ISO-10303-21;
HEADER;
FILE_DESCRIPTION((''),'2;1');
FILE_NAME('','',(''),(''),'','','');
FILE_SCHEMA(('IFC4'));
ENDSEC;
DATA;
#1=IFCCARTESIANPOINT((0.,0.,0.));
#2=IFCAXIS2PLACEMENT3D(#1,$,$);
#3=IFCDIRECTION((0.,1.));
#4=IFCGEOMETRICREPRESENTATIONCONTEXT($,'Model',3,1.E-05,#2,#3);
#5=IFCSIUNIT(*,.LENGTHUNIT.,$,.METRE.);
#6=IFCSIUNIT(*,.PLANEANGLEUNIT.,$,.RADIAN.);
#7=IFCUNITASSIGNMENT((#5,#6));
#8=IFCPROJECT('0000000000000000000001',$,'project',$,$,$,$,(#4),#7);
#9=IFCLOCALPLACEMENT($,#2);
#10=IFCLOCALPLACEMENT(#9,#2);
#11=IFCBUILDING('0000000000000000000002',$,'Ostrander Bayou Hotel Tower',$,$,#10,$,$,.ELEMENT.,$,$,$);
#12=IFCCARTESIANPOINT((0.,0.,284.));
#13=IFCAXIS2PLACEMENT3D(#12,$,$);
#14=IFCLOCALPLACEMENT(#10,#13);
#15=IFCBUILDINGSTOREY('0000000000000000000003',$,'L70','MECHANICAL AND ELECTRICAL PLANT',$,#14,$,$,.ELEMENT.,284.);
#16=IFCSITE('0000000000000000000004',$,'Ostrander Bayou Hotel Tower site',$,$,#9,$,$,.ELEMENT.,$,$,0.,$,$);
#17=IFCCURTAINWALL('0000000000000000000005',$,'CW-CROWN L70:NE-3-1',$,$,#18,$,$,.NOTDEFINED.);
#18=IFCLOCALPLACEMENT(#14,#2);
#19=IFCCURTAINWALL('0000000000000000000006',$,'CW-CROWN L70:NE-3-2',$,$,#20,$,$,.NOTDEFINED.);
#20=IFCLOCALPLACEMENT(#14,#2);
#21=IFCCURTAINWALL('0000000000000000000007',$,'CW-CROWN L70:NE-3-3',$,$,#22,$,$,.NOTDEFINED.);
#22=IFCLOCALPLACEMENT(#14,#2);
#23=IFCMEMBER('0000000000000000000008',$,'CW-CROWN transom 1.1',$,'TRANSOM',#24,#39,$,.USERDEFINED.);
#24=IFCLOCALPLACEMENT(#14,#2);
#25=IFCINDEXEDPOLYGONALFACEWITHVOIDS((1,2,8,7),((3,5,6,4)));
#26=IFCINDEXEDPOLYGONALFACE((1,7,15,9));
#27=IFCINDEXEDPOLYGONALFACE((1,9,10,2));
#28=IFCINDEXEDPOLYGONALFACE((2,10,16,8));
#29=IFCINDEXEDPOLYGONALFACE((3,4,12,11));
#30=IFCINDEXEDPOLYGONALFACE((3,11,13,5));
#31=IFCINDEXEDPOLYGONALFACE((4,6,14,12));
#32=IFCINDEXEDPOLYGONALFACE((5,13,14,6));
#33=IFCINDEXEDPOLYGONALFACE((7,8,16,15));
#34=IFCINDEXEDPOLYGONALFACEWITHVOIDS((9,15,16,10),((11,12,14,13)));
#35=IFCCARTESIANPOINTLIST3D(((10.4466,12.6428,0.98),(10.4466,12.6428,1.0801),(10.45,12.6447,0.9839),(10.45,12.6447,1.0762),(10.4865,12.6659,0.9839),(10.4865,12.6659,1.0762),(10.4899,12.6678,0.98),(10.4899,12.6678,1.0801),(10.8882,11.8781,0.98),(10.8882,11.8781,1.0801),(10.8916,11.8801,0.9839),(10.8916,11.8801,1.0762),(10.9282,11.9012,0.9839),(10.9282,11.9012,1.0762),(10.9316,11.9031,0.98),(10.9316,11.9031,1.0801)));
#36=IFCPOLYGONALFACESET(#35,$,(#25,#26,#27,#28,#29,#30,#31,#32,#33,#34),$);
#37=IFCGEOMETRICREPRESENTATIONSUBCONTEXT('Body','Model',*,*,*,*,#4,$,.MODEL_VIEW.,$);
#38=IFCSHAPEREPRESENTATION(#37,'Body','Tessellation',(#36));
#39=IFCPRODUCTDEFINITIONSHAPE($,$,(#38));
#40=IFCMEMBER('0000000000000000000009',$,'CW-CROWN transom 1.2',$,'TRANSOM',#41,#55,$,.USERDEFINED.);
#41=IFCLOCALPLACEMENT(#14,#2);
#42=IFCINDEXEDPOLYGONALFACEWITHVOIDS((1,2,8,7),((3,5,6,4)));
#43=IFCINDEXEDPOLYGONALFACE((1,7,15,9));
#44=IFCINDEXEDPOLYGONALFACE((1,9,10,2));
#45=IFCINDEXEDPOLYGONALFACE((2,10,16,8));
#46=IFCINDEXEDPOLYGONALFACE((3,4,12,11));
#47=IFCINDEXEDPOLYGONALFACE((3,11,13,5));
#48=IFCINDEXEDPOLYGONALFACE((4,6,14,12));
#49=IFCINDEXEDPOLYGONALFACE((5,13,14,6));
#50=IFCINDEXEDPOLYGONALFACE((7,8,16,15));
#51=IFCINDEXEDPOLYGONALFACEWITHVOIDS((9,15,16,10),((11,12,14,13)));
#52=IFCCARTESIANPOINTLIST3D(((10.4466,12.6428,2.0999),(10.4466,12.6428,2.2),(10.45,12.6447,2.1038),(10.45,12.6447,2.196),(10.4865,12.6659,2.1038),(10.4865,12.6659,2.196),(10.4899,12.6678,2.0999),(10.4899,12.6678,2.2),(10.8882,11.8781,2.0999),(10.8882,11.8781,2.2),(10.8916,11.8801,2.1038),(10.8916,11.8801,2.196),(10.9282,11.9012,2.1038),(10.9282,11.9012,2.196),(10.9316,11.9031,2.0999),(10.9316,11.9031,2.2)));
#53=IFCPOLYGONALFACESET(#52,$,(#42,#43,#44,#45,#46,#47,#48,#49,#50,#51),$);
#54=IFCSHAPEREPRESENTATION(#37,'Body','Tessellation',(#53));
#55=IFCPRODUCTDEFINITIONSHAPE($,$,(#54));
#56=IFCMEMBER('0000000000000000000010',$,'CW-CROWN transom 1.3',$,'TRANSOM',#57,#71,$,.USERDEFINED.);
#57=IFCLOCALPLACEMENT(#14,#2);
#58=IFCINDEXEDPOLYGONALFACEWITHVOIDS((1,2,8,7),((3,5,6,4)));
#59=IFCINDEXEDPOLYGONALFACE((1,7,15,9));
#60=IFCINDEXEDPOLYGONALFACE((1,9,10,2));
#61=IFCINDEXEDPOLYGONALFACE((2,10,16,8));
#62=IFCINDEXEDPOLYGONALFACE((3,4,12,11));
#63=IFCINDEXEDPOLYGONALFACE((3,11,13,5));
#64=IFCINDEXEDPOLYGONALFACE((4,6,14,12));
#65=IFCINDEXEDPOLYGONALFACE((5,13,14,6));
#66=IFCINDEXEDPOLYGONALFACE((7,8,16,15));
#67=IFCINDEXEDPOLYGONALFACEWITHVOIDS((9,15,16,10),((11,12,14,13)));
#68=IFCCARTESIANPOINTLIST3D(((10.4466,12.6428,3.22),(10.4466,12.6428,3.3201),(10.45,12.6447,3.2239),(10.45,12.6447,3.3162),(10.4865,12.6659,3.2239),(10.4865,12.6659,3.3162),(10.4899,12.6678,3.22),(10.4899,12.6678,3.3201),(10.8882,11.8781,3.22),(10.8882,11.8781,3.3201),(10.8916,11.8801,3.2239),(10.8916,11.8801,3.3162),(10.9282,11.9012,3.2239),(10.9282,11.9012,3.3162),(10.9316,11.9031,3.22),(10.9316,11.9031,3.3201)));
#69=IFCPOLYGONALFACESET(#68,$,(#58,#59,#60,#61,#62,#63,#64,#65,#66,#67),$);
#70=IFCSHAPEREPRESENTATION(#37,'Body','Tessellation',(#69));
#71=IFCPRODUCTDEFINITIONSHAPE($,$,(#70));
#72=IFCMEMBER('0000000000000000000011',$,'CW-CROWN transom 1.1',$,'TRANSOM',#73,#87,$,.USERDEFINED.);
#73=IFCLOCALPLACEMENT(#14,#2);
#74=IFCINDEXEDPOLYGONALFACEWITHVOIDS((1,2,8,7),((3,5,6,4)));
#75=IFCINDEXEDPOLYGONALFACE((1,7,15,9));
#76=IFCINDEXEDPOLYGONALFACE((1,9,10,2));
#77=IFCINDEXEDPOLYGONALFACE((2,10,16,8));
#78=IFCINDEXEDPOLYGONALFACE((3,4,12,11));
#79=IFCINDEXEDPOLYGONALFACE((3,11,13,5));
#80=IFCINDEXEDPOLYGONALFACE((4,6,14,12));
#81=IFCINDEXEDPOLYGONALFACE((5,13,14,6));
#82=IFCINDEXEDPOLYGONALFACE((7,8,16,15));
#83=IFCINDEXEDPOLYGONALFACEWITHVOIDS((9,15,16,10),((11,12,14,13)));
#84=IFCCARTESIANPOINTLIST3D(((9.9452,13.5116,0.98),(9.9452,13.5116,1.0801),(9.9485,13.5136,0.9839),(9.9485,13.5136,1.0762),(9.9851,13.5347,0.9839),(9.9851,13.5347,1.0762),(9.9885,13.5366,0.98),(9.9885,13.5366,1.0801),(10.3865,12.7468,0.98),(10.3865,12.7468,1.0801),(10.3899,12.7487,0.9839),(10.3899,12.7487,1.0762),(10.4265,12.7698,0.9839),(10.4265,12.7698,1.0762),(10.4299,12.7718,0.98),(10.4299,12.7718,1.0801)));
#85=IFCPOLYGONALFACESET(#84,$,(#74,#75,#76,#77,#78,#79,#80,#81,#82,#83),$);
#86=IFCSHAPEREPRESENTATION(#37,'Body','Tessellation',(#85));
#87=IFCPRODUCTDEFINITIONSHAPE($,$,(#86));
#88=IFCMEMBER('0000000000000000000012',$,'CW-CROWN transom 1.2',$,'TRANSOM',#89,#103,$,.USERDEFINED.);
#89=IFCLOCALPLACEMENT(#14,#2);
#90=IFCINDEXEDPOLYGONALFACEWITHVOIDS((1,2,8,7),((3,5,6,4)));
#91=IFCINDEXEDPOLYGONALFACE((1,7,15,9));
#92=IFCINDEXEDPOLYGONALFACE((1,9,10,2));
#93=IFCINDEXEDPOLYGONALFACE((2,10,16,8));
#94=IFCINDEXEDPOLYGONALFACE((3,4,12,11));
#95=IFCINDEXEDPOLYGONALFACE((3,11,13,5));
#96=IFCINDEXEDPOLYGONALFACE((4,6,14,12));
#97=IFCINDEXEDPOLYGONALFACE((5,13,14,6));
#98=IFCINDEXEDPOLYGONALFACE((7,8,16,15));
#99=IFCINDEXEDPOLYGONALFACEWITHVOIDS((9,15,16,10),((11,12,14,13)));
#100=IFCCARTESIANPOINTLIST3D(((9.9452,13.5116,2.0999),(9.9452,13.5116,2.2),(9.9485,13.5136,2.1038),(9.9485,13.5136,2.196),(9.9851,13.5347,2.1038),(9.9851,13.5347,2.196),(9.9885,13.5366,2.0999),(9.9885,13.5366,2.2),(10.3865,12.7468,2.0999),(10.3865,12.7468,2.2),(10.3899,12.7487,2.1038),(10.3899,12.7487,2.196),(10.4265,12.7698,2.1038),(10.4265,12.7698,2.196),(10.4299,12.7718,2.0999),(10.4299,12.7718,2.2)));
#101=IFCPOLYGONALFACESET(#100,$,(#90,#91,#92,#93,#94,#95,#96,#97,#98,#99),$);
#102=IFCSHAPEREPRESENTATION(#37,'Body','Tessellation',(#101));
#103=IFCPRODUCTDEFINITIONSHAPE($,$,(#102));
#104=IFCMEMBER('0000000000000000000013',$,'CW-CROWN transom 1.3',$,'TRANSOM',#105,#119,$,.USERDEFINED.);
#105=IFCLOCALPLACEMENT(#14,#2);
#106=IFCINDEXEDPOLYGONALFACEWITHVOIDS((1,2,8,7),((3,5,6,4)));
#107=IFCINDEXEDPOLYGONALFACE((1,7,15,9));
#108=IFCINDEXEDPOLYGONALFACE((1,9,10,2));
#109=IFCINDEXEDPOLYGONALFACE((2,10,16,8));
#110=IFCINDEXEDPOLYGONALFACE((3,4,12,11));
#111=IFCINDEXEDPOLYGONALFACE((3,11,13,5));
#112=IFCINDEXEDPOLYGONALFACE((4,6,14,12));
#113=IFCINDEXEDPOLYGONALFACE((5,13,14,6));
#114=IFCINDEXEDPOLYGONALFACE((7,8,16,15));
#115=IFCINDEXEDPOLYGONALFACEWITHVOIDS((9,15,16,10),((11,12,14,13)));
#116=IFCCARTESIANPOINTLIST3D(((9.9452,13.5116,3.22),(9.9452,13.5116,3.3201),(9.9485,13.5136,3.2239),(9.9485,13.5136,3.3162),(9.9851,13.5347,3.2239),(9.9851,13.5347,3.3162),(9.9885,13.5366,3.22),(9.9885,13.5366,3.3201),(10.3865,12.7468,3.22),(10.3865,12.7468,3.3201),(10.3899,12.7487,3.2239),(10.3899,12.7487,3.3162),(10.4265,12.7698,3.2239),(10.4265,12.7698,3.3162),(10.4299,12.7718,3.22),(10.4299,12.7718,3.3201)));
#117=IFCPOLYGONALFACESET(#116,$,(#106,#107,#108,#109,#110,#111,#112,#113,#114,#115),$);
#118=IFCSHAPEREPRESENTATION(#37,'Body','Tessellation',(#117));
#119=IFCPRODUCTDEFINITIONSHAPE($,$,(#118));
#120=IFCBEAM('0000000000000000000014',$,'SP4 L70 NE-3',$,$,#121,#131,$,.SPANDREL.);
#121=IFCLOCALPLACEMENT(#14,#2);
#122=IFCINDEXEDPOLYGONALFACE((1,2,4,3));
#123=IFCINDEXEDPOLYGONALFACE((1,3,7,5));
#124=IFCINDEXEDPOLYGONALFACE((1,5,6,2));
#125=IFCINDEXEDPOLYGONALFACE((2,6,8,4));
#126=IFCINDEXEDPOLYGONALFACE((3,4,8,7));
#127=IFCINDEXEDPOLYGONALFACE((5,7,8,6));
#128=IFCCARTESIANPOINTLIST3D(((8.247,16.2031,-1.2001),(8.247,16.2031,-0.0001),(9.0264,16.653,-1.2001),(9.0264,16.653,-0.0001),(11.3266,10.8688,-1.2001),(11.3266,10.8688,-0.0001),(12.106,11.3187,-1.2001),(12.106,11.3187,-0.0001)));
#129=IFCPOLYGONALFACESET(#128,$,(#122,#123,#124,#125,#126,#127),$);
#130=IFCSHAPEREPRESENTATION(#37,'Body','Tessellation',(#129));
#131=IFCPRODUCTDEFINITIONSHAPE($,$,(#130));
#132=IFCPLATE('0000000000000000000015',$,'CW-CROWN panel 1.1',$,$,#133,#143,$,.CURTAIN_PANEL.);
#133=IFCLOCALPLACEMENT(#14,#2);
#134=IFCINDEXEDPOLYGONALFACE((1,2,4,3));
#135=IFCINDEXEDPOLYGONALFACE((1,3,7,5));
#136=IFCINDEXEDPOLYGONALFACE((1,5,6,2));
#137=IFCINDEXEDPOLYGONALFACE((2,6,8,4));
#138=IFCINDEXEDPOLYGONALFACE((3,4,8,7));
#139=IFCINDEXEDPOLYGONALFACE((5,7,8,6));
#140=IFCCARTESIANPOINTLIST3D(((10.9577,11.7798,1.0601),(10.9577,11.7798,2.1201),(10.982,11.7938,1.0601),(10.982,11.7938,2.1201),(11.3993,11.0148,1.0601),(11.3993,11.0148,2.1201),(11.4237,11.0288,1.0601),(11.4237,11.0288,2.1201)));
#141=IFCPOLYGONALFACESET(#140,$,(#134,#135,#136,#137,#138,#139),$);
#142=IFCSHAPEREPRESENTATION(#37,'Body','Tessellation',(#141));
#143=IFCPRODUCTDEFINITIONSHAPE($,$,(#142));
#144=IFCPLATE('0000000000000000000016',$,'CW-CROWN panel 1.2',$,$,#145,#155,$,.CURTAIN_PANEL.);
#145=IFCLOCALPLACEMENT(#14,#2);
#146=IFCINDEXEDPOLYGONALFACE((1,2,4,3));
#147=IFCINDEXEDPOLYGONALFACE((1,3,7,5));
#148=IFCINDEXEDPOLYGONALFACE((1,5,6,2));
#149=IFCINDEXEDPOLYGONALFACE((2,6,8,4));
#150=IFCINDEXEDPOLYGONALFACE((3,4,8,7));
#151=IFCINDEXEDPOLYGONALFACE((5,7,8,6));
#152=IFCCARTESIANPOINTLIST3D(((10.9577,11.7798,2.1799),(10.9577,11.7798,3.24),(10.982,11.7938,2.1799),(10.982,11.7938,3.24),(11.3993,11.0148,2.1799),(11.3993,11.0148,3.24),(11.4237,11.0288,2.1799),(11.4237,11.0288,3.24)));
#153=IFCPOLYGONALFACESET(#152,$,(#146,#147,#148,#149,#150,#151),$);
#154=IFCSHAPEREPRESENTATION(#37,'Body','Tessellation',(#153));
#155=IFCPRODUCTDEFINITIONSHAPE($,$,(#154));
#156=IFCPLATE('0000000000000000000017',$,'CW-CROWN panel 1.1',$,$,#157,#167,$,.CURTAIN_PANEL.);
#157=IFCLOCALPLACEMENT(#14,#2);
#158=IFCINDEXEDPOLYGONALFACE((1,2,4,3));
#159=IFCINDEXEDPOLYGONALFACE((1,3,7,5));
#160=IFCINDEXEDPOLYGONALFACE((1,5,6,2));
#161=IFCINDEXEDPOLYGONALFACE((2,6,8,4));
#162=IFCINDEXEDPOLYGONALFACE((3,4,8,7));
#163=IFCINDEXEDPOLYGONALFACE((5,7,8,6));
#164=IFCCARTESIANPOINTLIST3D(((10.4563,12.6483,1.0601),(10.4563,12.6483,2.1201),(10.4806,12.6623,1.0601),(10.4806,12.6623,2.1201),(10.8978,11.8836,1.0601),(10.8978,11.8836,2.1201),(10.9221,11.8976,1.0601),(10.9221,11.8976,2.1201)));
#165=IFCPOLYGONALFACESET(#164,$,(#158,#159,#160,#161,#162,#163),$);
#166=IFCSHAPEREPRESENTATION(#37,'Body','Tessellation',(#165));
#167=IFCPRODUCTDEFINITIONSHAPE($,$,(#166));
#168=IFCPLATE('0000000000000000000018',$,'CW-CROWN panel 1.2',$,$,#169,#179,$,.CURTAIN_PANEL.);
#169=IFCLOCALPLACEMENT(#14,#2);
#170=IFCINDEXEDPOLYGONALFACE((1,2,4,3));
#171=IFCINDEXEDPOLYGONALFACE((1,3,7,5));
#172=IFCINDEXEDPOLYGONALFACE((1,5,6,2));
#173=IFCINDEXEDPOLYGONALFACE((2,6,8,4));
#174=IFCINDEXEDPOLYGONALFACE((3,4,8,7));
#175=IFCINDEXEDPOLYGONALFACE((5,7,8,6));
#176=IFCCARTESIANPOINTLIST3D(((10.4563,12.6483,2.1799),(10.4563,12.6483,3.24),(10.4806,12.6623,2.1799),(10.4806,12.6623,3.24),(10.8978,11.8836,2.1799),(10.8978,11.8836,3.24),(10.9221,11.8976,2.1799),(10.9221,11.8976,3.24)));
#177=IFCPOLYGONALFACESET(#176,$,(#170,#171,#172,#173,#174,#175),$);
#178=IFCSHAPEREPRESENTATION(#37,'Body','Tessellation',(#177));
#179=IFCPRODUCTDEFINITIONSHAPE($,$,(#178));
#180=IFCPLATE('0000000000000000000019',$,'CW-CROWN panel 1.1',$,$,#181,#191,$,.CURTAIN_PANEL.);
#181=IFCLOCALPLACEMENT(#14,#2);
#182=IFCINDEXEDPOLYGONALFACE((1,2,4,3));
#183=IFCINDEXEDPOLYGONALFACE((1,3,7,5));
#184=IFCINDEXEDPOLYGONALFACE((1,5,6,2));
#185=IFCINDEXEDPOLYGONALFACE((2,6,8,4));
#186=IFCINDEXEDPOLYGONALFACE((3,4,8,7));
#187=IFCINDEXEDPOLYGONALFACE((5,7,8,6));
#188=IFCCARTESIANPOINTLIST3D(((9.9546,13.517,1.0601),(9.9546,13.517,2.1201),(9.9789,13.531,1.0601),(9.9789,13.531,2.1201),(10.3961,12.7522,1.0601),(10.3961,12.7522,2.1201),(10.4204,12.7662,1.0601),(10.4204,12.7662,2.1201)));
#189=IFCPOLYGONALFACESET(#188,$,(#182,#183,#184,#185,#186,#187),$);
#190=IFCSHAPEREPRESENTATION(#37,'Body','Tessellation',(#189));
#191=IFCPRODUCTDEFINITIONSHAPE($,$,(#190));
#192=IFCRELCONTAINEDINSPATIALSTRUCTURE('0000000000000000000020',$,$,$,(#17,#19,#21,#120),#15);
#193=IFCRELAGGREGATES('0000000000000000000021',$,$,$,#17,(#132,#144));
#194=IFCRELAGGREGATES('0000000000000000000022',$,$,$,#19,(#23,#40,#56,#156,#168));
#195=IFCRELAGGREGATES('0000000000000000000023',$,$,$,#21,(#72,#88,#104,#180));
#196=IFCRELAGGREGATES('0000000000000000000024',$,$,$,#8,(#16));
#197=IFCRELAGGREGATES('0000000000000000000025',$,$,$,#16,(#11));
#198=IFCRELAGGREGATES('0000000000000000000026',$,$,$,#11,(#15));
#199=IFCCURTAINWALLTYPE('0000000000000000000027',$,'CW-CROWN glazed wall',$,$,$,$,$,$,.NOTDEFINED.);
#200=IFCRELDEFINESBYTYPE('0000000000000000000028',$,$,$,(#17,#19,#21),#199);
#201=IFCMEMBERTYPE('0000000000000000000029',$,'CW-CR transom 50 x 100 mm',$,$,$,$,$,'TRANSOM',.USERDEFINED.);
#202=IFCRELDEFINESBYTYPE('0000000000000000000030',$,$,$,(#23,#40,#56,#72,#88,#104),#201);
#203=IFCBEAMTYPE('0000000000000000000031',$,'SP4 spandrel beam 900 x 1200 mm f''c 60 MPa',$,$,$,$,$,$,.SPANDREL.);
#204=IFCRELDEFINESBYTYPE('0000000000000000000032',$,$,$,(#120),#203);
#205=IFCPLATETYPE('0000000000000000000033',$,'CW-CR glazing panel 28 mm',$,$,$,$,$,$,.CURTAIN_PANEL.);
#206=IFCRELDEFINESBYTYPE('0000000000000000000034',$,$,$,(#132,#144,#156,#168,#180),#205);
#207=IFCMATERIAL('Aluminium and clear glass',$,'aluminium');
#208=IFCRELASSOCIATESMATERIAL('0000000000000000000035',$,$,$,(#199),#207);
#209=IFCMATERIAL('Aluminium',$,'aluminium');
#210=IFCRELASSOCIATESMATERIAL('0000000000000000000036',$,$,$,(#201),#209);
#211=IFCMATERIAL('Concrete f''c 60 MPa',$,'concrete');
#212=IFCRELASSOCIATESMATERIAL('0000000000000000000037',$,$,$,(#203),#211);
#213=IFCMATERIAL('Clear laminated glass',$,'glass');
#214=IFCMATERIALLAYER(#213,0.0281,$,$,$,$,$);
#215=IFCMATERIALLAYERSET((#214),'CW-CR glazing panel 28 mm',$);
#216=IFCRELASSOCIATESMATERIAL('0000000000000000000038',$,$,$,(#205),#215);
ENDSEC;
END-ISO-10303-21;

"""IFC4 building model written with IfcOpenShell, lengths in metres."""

from ifc_helpers import new_model, si_unit, direction, frame, origin, origin_2d, place, context, subcontext, project, spatial, rectangle, hollow_rectangle, extrude, material, layer, layer_set, material_profile, profile_set, type_object, element, aggregate, save


model = new_model("IFC4")

# Units and contexts
model_context = context("Model", 3, precision=1e-05, world=origin(), true_north=direction((0.0, 1.0)))
body_context = subcontext(model_context, "Body", "Model", "MODEL_VIEW")
ifc_project = project(units=[si_unit("LENGTHUNIT", "METRE"), si_unit("PLANEANGLEUNIT", "RADIAN")], contexts=[model_context])

# Site, building, storey
site_placement = place(None, origin())
site = spatial("IfcSite", under=ifc_project, at=site_placement, Name="Ostrander Bayou Hotel Tower site", CompositionType="ELEMENT", RefElevation=0.0)
building_placement = place(site_placement, origin())
building = spatial("IfcBuilding", under=site, at=building_placement, Name="Ostrander Bayou Hotel Tower", CompositionType="ELEMENT")
storey_placement = place(building_placement, frame((0.0, 0.0, 284.0)))
storey = spatial("IfcBuildingStorey", under=building, at=storey_placement, Name="L70", Description="MECHANICAL AND ELECTRICAL PLANT", CompositionType="ELEMENT", Elevation=284.0)

# Curtain walls
ifc_material_1 = material(Name="Aluminium and clear glass", Category="aluminium")
curtain_wall_type = type_object("IfcCurtainWallType", Name="CW-CROWN glazed wall", PredefinedType="NOTDEFINED", material=ifc_material_1)
curtain_wall_1_placement = place(storey_placement, origin())
curtain_wall_1 = element("IfcCurtainWall", 1, at=curtain_wall_1_placement, inside=storey, type_object=curtain_wall_type, Name="CW-CROWN L70:NE-3-1", PredefinedType="NOTDEFINED")
curtain_wall_2_placement = place(storey_placement, origin())
curtain_wall_2 = element("IfcCurtainWall", 2, at=curtain_wall_2_placement, inside=storey, type_object=curtain_wall_type, Name="CW-CROWN L70:NE-3-2", PredefinedType="NOTDEFINED")
curtain_wall_3_placement = place(storey_placement, origin())
curtain_wall_3 = element("IfcCurtainWall", 3, at=curtain_wall_3_placement, inside=storey, type_object=curtain_wall_type, Name="CW-CROWN L70:NE-3-3", PredefinedType="NOTDEFINED")

# Members
ifc_material_2 = material(Name="Aluminium", Category="aluminium")
ifc_material_profile_1 = material_profile(ifc_material_2, hollow_rectangle(XDim=0.05, YDim=0.1001, WallThickness=0.0039, at=origin_2d()))
ifc_profile_set_1 = profile_set([ifc_material_profile_1], Name="Aluminium")
member_type_1 = type_object("IfcMemberType", Name="CW-CR transom 50 x 100 mm", ElementType="TRANSOM", PredefinedType="USERDEFINED", material=ifc_profile_set_1)
member_1_placement = place(storey_placement, frame((10.9099, 11.8906, 1.03), z_axis=(-0.500153, 0.865937, 0.0), x_axis=(-0.865937, -0.500153, 0.0)))
member_1 = element("IfcMember", 4, at=member_1_placement, type_object=member_type_1, Name="CW-CROWN transom 1.1", ObjectType="TRANSOM", PredefinedType="USERDEFINED", context=body_context, shape_type="SweptSolid", body=[
    extrude(hollow_rectangle(XDim=0.05, YDim=0.1001, WallThickness=0.0039, at=origin_2d()), origin(), (0.0, 0.0, 1.0), 0.8831),
])
member_2_placement = place(storey_placement, frame((10.9099, 11.8906, 2.1499), z_axis=(-0.500153, 0.865937, 0.0), x_axis=(-0.865937, -0.500153, 0.0)))
member_2 = element("IfcMember", 5, at=member_2_placement, type_object=member_type_1, Name="CW-CROWN transom 1.2", ObjectType="TRANSOM", PredefinedType="USERDEFINED", context=body_context, shape_type="SweptSolid", body=[
    extrude(hollow_rectangle(XDim=0.05, YDim=0.1001, WallThickness=0.0039, at=origin_2d()), origin(), (0.0, 0.0, 1.0), 0.8831),
])
member_3_placement = place(storey_placement, frame((10.9099, 11.8906, 3.27), z_axis=(-0.500153, 0.865937, 0.0), x_axis=(-0.865937, -0.500153, 0.0)))
member_3 = element("IfcMember", 6, at=member_3_placement, type_object=member_type_1, Name="CW-CROWN transom 1.3", ObjectType="TRANSOM", PredefinedType="USERDEFINED", context=body_context, shape_type="SweptSolid", body=[
    extrude(hollow_rectangle(XDim=0.05, YDim=0.1001, WallThickness=0.0039, at=origin_2d()), origin(), (0.0, 0.0, 1.0), 0.8831),
])
member_4_placement = place(storey_placement, frame((10.4082, 12.7593, 1.03), z_axis=(-0.499826, 0.866126, 0.0), x_axis=(-0.866126, -0.499826, 0.0)))
member_4 = element("IfcMember", 7, at=member_4_placement, type_object=member_type_1, Name="CW-CROWN transom 1.1", ObjectType="TRANSOM", PredefinedType="USERDEFINED", context=body_context, shape_type="SweptSolid", body=[
    extrude(hollow_rectangle(XDim=0.05, YDim=0.1001, WallThickness=0.0039, at=origin_2d()), origin(), (0.0, 0.0, 1.0), 0.8831),
])
member_5_placement = place(storey_placement, frame((10.4082, 12.7593, 2.1499), z_axis=(-0.499826, 0.866126, 0.0), x_axis=(-0.866126, -0.499826, 0.0)))
member_5 = element("IfcMember", 8, at=member_5_placement, type_object=member_type_1, Name="CW-CROWN transom 1.2", ObjectType="TRANSOM", PredefinedType="USERDEFINED", context=body_context, shape_type="SweptSolid", body=[
    extrude(hollow_rectangle(XDim=0.05, YDim=0.1001, WallThickness=0.0039, at=origin_2d()), origin(), (0.0, 0.0, 1.0), 0.8831),
])
member_6_placement = place(storey_placement, frame((10.4082, 12.7593, 3.27), z_axis=(-0.499826, 0.866126, 0.0), x_axis=(-0.866126, -0.499826, 0.0)))
member_6 = element("IfcMember", 9, at=member_6_placement, type_object=member_type_1, Name="CW-CROWN transom 1.3", ObjectType="TRANSOM", PredefinedType="USERDEFINED", context=body_context, shape_type="SweptSolid", body=[
    extrude(hollow_rectangle(XDim=0.05, YDim=0.1001, WallThickness=0.0039, at=origin_2d()), origin(), (0.0, 0.0, 1.0), 0.8831),
])

# Beam
ifc_material_3 = material(Name="Concrete f'c 60 MPa", Category="concrete")
ifc_material_profile_2 = material_profile(ifc_material_3, rectangle(XDim=0.8999, YDim=1.2, at=origin_2d()))
ifc_profile_set_2 = profile_set([ifc_material_profile_2], Name="Concrete f'c 60 MPa")
beam_type = type_object("IfcBeamType", Name="SP4 spandrel beam 900 x 1200 mm f'c 60 MPa", PredefinedType="SPANDREL", material=ifc_profile_set_2)
beam_placement = place(storey_placement, frame((11.7163, 11.0938, -0.6001), z_axis=(-0.499984, 0.866034, 0.0), x_axis=(-0.866034, -0.499984, 0.0)))
element("IfcBeam", 10, at=beam_placement, inside=storey, type_object=beam_type, Name="SP4 L70 NE-3", PredefinedType="SPANDREL", context=body_context, shape_type="SweptSolid", body=[
    extrude(rectangle(XDim=0.8999, YDim=1.2, at=origin_2d()), origin(), (0.0, 0.0, 1.0), 6.1594),
])

# Plates
ifc_material_4 = material(Name="Clear laminated glass", Category="glass")
ifc_layer_1 = layer(ifc_material_4, 0.0281)
ifc_layer_set_1 = layer_set([ifc_layer_1], Name="CW-CR glazing panel 28 mm")
plate_type = type_object("IfcPlateType", Name="CW-CR glazing panel 28 mm", PredefinedType="CURTAIN_PANEL", material=ifc_layer_set_1)
plate_1_placement = place(storey_placement, frame((11.1907, 11.4043, 1.0601), z_axis=(0.0, 0.0, 1.0), x_axis=(-0.499999, 0.866026, 0.0)))
plate_1 = element("IfcPlate", 11, at=plate_1_placement, type_object=plate_type, Name="CW-CROWN panel 1.1", PredefinedType="CURTAIN_PANEL", context=body_context, shape_type="SweptSolid", body=[
    extrude(rectangle(XDim=0.8833, YDim=0.0281, at=origin_2d()), origin(), (0.0, 0.0, 1.0), 1.0601),
])
plate_2_placement = place(storey_placement, frame((11.1907, 11.4043, 2.1799), z_axis=(0.0, 0.0, 1.0), x_axis=(-0.499999, 0.866026, 0.0)))
plate_2 = element("IfcPlate", 12, at=plate_2_placement, type_object=plate_type, Name="CW-CROWN panel 1.2", PredefinedType="CURTAIN_PANEL", context=body_context, shape_type="SweptSolid", body=[
    extrude(rectangle(XDim=0.8833, YDim=0.0281, at=origin_2d()), origin(), (0.0, 0.0, 1.0), 1.0601),
])
aggregate(curtain_wall_1, [plate_1, plate_2])
plate_3_placement = place(storey_placement, frame((10.6892, 12.2729, 1.0601), z_axis=(0.0, 0.0, 1.0), x_axis=(-0.500042, 0.866001, 0.0)))
plate_3 = element("IfcPlate", 13, at=plate_3_placement, type_object=plate_type, Name="CW-CROWN panel 1.1", PredefinedType="CURTAIN_PANEL", context=body_context, shape_type="SweptSolid", body=[
    extrude(rectangle(XDim=0.8831, YDim=0.0281, at=origin_2d()), origin(), (0.0, 0.0, 1.0), 1.0601),
])
plate_4_placement = place(storey_placement, frame((10.6892, 12.2729, 2.1799), z_axis=(0.0, 0.0, 1.0), x_axis=(-0.500042, 0.866001, 0.0)))
plate_4 = element("IfcPlate", 14, at=plate_4_placement, type_object=plate_type, Name="CW-CROWN panel 1.2", PredefinedType="CURTAIN_PANEL", context=body_context, shape_type="SweptSolid", body=[
    extrude(rectangle(XDim=0.8831, YDim=0.0281, at=origin_2d()), origin(), (0.0, 0.0, 1.0), 1.0601),
])
aggregate(curtain_wall_2, [member_1, member_2, member_3, plate_3, plate_4])
plate_5_placement = place(storey_placement, frame((10.1875, 13.1416, 1.0601), z_axis=(0.0, 0.0, 1.0), x_axis=(-0.499924, 0.866069, 0.0)))
plate_5 = element("IfcPlate", 15, at=plate_5_placement, type_object=plate_type, Name="CW-CROWN panel 1.1", PredefinedType="CURTAIN_PANEL", context=body_context, shape_type="SweptSolid", body=[
    extrude(rectangle(XDim=0.8831, YDim=0.0281, at=origin_2d()), origin(), (0.0, 0.0, 1.0), 1.0601),
])
aggregate(curtain_wall_3, [member_4, member_5, member_6, plate_5])

save(model, "model.ifc")
